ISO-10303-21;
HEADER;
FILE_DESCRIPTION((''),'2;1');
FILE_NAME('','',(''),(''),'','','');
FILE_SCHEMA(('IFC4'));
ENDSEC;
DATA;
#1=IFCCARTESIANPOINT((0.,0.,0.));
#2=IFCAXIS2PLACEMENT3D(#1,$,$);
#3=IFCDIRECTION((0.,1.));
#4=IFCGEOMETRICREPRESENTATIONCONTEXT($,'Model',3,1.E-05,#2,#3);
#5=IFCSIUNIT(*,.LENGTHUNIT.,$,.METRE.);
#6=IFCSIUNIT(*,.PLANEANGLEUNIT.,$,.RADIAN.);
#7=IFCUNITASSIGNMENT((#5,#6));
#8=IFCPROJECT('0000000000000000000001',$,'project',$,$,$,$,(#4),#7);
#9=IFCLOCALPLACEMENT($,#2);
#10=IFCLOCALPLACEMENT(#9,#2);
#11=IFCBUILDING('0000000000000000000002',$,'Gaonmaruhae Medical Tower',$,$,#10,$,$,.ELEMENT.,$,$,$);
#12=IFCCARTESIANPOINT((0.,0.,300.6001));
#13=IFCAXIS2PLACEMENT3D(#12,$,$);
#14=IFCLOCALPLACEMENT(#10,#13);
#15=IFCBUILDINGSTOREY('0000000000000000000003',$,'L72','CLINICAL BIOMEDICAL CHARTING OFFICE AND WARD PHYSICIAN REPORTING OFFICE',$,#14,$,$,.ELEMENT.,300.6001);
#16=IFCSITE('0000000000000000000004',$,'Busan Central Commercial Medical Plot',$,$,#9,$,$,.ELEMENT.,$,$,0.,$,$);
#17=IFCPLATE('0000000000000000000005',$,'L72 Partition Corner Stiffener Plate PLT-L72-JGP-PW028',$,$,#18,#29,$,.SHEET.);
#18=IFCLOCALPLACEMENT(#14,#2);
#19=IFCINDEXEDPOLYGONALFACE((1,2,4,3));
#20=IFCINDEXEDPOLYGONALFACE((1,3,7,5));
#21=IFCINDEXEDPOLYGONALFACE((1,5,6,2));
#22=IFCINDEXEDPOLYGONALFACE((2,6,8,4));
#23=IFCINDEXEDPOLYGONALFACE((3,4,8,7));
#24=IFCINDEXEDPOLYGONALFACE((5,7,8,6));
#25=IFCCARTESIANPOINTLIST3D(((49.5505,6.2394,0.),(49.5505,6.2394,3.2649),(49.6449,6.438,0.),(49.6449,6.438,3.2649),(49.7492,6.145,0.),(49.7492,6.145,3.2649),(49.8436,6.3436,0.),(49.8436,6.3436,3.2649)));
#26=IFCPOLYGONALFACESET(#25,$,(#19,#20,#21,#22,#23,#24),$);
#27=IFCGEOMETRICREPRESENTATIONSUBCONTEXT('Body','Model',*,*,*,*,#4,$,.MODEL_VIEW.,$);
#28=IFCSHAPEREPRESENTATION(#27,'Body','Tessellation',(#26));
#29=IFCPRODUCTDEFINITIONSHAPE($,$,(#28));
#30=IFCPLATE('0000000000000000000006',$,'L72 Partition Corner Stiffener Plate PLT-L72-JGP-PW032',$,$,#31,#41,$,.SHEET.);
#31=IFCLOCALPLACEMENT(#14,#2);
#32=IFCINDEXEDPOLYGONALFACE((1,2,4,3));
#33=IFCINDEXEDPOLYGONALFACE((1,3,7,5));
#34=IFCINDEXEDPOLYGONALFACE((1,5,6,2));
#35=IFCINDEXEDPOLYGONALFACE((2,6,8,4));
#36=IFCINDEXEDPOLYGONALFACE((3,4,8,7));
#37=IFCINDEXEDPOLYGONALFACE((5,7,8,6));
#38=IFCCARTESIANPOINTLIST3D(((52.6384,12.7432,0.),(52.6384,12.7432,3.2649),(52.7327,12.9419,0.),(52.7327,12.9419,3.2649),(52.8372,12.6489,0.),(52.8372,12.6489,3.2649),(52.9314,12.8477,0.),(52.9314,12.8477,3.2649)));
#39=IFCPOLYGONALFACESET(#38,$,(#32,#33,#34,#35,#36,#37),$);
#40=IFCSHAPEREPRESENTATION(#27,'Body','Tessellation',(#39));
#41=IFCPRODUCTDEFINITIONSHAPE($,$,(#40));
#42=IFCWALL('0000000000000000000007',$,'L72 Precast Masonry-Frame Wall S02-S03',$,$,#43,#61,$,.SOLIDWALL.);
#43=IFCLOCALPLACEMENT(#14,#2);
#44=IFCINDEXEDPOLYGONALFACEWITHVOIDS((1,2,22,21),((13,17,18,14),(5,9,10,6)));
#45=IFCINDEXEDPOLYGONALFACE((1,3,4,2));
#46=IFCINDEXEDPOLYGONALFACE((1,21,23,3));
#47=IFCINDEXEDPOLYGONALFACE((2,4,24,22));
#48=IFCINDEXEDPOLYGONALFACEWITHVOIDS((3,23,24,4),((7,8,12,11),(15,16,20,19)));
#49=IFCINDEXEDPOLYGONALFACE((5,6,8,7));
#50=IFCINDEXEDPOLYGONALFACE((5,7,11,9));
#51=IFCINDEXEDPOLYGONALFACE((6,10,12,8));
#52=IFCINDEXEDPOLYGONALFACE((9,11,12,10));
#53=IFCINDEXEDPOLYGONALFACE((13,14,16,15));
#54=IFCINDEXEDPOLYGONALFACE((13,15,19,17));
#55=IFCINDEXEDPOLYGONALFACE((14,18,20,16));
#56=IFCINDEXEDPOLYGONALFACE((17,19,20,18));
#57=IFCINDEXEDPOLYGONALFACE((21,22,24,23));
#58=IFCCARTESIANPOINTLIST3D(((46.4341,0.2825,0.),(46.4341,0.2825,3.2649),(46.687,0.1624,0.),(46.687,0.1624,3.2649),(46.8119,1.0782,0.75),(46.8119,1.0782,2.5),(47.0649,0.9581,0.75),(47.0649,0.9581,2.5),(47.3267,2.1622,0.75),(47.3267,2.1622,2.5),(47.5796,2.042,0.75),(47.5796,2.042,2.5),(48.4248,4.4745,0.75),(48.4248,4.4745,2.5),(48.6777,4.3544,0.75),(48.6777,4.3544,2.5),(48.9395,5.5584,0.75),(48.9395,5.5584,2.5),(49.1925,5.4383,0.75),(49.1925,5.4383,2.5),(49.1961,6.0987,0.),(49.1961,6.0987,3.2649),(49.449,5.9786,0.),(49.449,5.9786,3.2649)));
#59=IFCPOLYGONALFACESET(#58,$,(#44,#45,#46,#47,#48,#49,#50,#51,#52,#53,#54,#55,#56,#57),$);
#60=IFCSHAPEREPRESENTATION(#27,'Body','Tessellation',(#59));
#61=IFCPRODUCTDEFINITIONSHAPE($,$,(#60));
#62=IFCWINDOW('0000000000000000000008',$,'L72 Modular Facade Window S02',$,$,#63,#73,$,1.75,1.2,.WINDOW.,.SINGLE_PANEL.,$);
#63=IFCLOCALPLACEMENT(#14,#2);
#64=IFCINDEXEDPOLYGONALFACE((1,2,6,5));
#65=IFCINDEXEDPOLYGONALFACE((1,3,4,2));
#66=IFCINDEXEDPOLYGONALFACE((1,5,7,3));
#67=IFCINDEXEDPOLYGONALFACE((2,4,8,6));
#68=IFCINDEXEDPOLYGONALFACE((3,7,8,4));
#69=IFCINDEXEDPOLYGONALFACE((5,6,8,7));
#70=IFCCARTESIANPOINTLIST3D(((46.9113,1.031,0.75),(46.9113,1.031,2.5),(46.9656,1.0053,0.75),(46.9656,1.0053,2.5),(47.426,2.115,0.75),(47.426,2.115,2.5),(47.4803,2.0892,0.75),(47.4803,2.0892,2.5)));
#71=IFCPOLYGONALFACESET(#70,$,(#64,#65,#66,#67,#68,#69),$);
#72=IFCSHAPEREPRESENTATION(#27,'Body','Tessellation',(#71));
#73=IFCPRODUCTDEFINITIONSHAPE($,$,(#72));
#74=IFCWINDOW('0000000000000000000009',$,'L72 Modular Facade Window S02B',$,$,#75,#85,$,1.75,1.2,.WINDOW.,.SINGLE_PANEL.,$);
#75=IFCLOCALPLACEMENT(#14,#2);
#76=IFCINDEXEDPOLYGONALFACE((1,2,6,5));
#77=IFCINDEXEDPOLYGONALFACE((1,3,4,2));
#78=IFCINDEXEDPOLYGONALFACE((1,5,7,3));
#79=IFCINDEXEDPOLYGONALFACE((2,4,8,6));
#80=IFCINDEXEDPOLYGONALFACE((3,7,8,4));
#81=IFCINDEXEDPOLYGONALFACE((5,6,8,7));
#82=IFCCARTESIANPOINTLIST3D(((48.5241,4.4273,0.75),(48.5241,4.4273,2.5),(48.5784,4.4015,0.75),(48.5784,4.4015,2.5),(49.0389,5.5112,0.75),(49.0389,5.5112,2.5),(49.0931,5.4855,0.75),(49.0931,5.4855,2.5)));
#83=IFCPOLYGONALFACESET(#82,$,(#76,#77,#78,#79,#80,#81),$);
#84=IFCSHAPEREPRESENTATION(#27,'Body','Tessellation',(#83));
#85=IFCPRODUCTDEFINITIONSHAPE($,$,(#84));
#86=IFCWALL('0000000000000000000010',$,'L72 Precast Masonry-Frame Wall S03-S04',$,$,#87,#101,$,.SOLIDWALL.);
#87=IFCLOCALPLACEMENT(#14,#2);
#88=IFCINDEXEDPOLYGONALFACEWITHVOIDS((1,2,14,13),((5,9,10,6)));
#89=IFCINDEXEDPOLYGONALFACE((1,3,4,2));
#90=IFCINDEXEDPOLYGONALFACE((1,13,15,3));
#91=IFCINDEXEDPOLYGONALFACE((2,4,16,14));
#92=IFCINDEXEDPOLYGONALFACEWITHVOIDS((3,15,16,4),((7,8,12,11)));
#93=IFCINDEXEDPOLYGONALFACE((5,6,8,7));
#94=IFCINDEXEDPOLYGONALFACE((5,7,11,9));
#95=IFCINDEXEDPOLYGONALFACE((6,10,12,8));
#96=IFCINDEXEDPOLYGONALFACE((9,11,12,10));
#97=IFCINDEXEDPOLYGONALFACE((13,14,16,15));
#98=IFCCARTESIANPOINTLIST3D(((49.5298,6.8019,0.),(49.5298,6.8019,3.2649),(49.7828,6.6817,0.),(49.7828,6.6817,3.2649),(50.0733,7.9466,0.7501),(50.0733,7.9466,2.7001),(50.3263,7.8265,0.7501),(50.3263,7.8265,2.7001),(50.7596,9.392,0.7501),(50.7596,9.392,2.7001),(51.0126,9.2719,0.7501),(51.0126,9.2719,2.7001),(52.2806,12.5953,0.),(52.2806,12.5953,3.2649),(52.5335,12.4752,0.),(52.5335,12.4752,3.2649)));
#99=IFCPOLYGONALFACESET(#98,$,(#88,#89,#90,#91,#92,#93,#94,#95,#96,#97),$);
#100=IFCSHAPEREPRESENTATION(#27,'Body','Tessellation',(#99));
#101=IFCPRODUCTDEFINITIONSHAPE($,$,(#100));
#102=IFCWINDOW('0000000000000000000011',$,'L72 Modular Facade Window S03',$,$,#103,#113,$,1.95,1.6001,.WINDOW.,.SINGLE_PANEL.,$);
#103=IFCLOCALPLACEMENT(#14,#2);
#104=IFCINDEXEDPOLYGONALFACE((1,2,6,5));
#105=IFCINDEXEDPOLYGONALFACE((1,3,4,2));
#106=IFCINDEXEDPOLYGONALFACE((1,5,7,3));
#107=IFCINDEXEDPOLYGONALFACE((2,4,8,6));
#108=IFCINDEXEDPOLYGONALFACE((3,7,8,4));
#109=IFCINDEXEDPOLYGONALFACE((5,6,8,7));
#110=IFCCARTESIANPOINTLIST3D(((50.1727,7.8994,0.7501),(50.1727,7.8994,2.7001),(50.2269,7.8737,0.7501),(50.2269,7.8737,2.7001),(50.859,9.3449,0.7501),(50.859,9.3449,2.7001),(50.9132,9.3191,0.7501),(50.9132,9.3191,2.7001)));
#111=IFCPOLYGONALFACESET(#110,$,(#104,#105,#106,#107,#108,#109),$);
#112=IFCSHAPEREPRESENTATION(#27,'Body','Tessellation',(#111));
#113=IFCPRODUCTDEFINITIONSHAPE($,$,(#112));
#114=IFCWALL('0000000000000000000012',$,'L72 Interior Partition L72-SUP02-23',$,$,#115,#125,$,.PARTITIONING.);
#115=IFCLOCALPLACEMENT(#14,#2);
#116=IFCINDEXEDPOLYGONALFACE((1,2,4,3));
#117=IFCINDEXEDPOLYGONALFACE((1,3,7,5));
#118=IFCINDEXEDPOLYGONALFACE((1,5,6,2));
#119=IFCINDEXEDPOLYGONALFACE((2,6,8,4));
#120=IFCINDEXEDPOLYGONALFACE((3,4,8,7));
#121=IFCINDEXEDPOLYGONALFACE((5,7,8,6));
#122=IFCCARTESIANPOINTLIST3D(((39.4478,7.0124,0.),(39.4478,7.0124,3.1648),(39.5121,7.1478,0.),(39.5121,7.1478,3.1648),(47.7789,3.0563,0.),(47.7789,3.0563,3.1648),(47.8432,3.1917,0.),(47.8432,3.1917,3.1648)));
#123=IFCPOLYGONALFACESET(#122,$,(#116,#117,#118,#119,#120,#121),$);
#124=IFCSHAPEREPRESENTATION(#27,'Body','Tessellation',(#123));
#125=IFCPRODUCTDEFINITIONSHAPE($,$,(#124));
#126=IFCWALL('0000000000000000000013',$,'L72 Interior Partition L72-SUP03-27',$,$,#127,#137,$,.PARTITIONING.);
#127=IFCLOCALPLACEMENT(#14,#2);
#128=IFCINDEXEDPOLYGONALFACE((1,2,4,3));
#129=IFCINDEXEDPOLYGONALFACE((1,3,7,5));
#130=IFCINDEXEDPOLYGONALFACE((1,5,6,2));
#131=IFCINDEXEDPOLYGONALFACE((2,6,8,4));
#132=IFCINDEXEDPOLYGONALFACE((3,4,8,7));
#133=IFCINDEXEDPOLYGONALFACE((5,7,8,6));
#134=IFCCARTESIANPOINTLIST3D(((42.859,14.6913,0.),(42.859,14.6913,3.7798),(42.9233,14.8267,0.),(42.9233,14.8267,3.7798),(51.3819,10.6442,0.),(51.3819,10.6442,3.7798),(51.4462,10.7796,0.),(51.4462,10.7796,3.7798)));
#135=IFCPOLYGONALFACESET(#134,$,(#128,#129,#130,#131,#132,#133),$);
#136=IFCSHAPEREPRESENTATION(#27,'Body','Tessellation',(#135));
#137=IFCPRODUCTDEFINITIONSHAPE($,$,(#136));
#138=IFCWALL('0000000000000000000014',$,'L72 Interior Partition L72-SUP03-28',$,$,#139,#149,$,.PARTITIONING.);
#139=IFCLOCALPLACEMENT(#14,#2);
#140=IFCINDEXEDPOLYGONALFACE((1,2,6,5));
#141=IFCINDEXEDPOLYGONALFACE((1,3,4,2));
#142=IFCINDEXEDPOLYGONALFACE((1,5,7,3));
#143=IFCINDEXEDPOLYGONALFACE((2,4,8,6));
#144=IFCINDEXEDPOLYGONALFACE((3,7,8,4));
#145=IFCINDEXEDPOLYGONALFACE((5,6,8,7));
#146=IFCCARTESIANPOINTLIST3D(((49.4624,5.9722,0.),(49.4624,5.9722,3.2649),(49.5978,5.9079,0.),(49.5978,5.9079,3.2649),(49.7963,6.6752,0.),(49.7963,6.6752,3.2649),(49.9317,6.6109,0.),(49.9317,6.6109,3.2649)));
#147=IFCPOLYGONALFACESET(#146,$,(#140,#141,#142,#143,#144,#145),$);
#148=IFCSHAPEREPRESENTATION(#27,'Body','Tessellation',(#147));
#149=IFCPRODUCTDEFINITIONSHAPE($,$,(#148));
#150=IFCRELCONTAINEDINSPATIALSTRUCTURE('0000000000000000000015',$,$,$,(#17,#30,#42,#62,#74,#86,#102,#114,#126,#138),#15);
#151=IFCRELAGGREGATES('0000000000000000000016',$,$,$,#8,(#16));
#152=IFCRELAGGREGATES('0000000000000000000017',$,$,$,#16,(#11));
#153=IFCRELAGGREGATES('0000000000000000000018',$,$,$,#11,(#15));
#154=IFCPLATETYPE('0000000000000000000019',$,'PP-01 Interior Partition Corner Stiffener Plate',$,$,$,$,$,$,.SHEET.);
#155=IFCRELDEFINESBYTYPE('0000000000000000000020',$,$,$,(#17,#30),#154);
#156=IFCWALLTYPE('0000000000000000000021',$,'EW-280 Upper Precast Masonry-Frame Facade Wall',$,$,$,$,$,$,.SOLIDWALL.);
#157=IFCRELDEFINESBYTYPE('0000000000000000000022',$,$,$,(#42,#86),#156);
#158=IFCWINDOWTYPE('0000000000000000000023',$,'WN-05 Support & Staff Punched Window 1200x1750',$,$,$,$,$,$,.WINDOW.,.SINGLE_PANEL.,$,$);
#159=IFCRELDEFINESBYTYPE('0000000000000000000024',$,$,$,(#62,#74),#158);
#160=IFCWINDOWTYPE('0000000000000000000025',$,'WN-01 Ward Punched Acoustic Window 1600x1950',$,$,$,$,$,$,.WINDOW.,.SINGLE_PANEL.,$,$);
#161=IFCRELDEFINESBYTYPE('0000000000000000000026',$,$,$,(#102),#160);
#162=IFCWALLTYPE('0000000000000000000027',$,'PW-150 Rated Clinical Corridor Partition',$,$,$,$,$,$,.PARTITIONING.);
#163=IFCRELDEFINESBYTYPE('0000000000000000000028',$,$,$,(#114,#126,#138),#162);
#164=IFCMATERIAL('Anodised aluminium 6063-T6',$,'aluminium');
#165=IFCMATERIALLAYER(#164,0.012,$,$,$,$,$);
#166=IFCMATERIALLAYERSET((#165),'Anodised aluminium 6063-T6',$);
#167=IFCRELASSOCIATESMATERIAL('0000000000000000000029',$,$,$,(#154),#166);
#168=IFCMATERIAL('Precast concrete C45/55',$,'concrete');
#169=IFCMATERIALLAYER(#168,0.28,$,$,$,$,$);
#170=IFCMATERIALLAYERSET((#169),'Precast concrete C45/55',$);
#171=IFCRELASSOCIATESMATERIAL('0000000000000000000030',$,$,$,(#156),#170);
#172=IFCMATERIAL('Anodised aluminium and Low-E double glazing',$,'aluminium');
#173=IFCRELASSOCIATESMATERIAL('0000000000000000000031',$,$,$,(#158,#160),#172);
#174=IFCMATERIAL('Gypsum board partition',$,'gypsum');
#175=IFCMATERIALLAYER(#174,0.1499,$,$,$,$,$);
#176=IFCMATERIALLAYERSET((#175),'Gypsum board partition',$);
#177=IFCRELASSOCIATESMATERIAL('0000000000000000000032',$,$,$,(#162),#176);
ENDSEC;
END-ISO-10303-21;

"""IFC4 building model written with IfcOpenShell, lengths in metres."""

from ifc_helpers import new_model, si_unit, direction, frame, frame_2d, origin, origin_2d, place, context, subcontext, project, spatial, rectangle, extrude, material, layer, layer_set, type_object, element, fill, save


model = new_model("IFC4")

# Units and contexts
model_context = context("Model", 3, precision=1e-05, world=origin(), true_north=direction((0.0, 1.0)))
body_context = subcontext(model_context, "Body", "Model", "MODEL_VIEW")
ifc_project = project(units=[si_unit("LENGTHUNIT", "METRE"), si_unit("PLANEANGLEUNIT", "RADIAN")], contexts=[model_context])

# Site, building, storey
site_placement = place(None, origin())
site = spatial("IfcSite", under=ifc_project, at=site_placement, Name="Busan Central Commercial Medical Plot", CompositionType="ELEMENT", RefElevation=0.0)
building_placement = place(site_placement, origin())
building = spatial("IfcBuilding", under=site, at=building_placement, Name="Gaonmaruhae Medical Tower", CompositionType="ELEMENT")
storey_placement = place(building_placement, frame((0.0, 0.0, 300.6001)))
storey = spatial("IfcBuildingStorey", under=building, at=storey_placement, Name="L72", Description="CLINICAL BIOMEDICAL CHARTING OFFICE AND WARD PHYSICIAN REPORTING OFFICE", CompositionType="ELEMENT", Elevation=300.6001)

# Plates
ifc_material_1 = material(Name="Anodised aluminium 6063-T6", Category="aluminium")
ifc_layer_1 = layer(ifc_material_1, 0.012)
ifc_layer_set_1 = layer_set([ifc_layer_1], Name="Anodised aluminium 6063-T6")
plate_type = type_object("IfcPlateType", Name="PP-01 Interior Partition Corner Stiffener Plate", PredefinedType="SHEET", material=ifc_layer_set_1)
for number, where, z_axis, x_axis, name in (
    (1, (49.697, 6.2915, 0.0), (0.0, 0.0, 1.0), (-0.42914, -0.903238, 0.0), "L72 Partition Corner Stiffener Plate PLT-L72-JGP-PW028"),
    (2, (52.7849, 12.7954, 0.0), (0.0, 0.0, 1.0), (-0.428462, -0.90356, 0.0), "L72 Partition Corner Stiffener Plate PLT-L72-JGP-PW032"),
):
    element("IfcPlate", number, at=place(storey_placement, frame(where, z_axis=z_axis, x_axis=x_axis)), inside=storey, type_object=plate_type, Name=name, PredefinedType="SHEET", context=body_context, shape_type="SweptSolid", body=[
        extrude(rectangle(XDim=0.22, YDim=0.22, at=origin_2d()), origin(), (0.0, 0.0, 1.0), 3.2649),
    ])

# Wall, openings, windows
ifc_material_2 = material(Name="Precast concrete C45/55", Category="concrete")
ifc_layer_2 = layer(ifc_material_2, 0.28)
ifc_layer_set_2 = layer_set([ifc_layer_2], Name="Precast concrete C45/55")
wall_type_1 = type_object("IfcWallType", Name="EW-280 Upper Precast Masonry-Frame Facade Wall", PredefinedType="SOLIDWALL", material=ifc_layer_set_2)
wall_1_placement = place(storey_placement, frame((49.3225, 6.0386, 0.0), z_axis=(0.0, 0.0, 1.0), x_axis=(-0.428966, -0.90332, 0.0)))
wall_1 = element("IfcWall", 3, at=wall_1_placement, inside=storey, type_object=wall_type_1, Name="L72 Precast Masonry-Frame Wall S02-S03", PredefinedType="SOLIDWALL", context=body_context, shape_type="SweptSolid", body=[
    extrude(rectangle(XDim=6.4387, YDim=0.28, at=frame_2d((3.2192, 0.0))), origin(), (0.0, 0.0, 1.0), 3.2649),
])
opening_1_placement = place(wall_1_placement, frame((4.3577, 0.0, 0.75)))
opening_1 = element("IfcOpeningElement", 4, at=opening_1_placement, cuts=wall_1, PredefinedType="OPENING", context=body_context, shape_type="SweptSolid", body=[
    extrude(rectangle(XDim=1.2, YDim=1.75, at=frame_2d((0.6001, 0.875))), frame((0.0, 0.1499, 0.0), z_axis=(0.0, -1.0, 0.0), x_axis=(1.0, 0.0, 0.0)), (0.0, 0.0, 1.0), 0.3),
])
opening_2_placement = place(wall_1_placement, frame((0.5979, 0.0, 0.75)))
opening_2 = element("IfcOpeningElement", 5, at=opening_2_placement, cuts=wall_1, PredefinedType="OPENING", context=body_context, shape_type="SweptSolid", body=[
    extrude(rectangle(XDim=1.2, YDim=1.75, at=frame_2d((0.6001, 0.875))), frame((0.0, 0.1499, 0.0), z_axis=(0.0, -1.0, 0.0), x_axis=(1.0, 0.0, 0.0)), (0.0, 0.0, 1.0), 0.3),
])
ifc_material_3 = material(Name="Anodised aluminium and Low-E double glazing", Category="aluminium")
window_type_1 = type_object("IfcWindowType", Name="WN-05 Support & Staff Punched Window 1200x1750", PartitioningType="SINGLE_PANEL", PredefinedType="WINDOW", material=ifc_material_3)
window_1_placement = place(opening_1_placement, origin())
window_1 = element("IfcWindow", 6, at=window_1_placement, inside=storey, type_object=window_type_1, Name="L72 Modular Facade Window S02", OverallHeight=1.75, OverallWidth=1.2, PartitioningType="SINGLE_PANEL", PredefinedType="WINDOW", context=body_context, shape_type="SweptSolid", body=[
    extrude(rectangle(XDim=1.2, YDim=1.75, at=frame_2d((0.6001, 0.875))), frame((0.0, 0.03, 0.0), z_axis=(0.0, -1.0, 0.0), x_axis=(1.0, 0.0, 0.0)), (0.0, 0.0, 1.0), 0.0601),
])
fill(opening_1, window_1)
window_2_placement = place(opening_2_placement, origin())
window_2 = element("IfcWindow", 7, at=window_2_placement, inside=storey, type_object=window_type_1, Name="L72 Modular Facade Window S02B", OverallHeight=1.75, OverallWidth=1.2, PartitioningType="SINGLE_PANEL", PredefinedType="WINDOW", context=body_context, shape_type="SweptSolid", body=[
    extrude(rectangle(XDim=1.2, YDim=1.75, at=frame_2d((0.6001, 0.875))), frame((0.0, 0.03, 0.0), z_axis=(0.0, -1.0, 0.0), x_axis=(1.0, 0.0, 0.0)), (0.0, 0.0, 1.0), 0.0601),
])
fill(opening_2, window_2)

# Wall, opening, window
wall_2_placement = place(storey_placement, frame((52.407, 12.5352, 0.0), z_axis=(0.0, 0.0, 1.0), x_axis=(-0.428909, -0.903348, 0.0)))
wall_2 = element("IfcWall", 8, at=wall_2_placement, inside=storey, type_object=wall_type_1, Name="L72 Precast Masonry-Frame Wall S03-S04", PredefinedType="SOLIDWALL", context=body_context, shape_type="SweptSolid", body=[
    extrude(rectangle(XDim=6.4133, YDim=0.28, at=frame_2d((3.2065, 0.0))), origin(), (0.0, 0.0, 1.0), 3.2649),
])
opening_3_placement = place(wall_2_placement, frame((3.5459, 0.0, 0.75)))
opening_3 = element("IfcOpeningElement", 9, at=opening_3_placement, cuts=wall_2, PredefinedType="OPENING", context=body_context, shape_type="SweptSolid", body=[
    extrude(rectangle(XDim=1.6001, YDim=1.95, at=frame_2d((0.8, 0.9751))), frame((0.0, 0.1499, 0.0), z_axis=(0.0, -1.0, 0.0), x_axis=(1.0, 0.0, 0.0)), (0.0, 0.0, 1.0), 0.3),
])
window_type_2 = type_object("IfcWindowType", Name="WN-01 Ward Punched Acoustic Window 1600x1950", PartitioningType="SINGLE_PANEL", PredefinedType="WINDOW", material=ifc_material_3)
window_3_placement = place(opening_3_placement, origin())
window_3 = element("IfcWindow", 10, at=window_3_placement, inside=storey, type_object=window_type_2, Name="L72 Modular Facade Window S03", OverallHeight=1.95, OverallWidth=1.6001, PartitioningType="SINGLE_PANEL", PredefinedType="WINDOW", context=body_context, shape_type="SweptSolid", body=[
    extrude(rectangle(XDim=1.6001, YDim=1.95, at=frame_2d((0.8, 0.9751))), frame((0.0, 0.03, 0.0), z_axis=(0.0, -1.0, 0.0), x_axis=(1.0, 0.0, 0.0)), (0.0, 0.0, 1.0), 0.0601),
])
fill(opening_3, window_3)

# Walls
ifc_material_4 = material(Name="Gypsum board partition", Category="gypsum")
ifc_layer_3 = layer(ifc_material_4, 0.1499)
ifc_layer_set_3 = layer_set([ifc_layer_3], Name="Gypsum board partition")
wall_type_2 = type_object("IfcWallType", Name="PW-150 Rated Clinical Corridor Partition", PredefinedType="PARTITIONING", material=ifc_layer_set_3)
wall_3_placement = place(storey_placement, frame((39.48, 7.0801, 0.0), z_axis=(0.0, 0.0, 1.0), x_axis=(0.903328, -0.428951, 0.0)))
element("IfcWall", 11, at=wall_3_placement, inside=storey, type_object=wall_type_2, Name="L72 Interior Partition L72-SUP02-23", PredefinedType="PARTITIONING", context=body_context, shape_type="SweptSolid", body=[
    extrude(rectangle(XDim=9.2227, YDim=0.1499, at=frame_2d((4.6113, 0.0))), origin(), (0.0, 0.0, 1.0), 3.1648),
])
wall_4_placement = place(storey_placement, frame((42.8911, 14.759, 0.0), z_axis=(0.0, 0.0, 1.0), x_axis=(0.90333, -0.428946, 0.0)))
element("IfcWall", 12, at=wall_4_placement, inside=storey, type_object=wall_type_2, Name="L72 Interior Partition L72-SUP03-27", PredefinedType="PARTITIONING", context=body_context, shape_type="SweptSolid", body=[
    extrude(rectangle(XDim=9.4351, YDim=0.1499, at=frame_2d((4.7175, 0.0))), origin(), (0.0, 0.0, 1.0), 3.7798),
])
wall_5_placement = place(storey_placement, frame((49.864, 6.6431, 0.0), z_axis=(0.0, 0.0, 1.0), x_axis=(-0.429057, -0.903278, 0.0)))
element("IfcWall", 13, at=wall_5_placement, inside=storey, type_object=wall_type_2, Name="L72 Interior Partition L72-SUP03-28", PredefinedType="PARTITIONING", context=body_context, shape_type="SweptSolid", body=[
    extrude(rectangle(XDim=0.7783, YDim=0.1499, at=frame_2d((0.3892, 0.0))), origin(), (0.0, 0.0, 1.0), 3.2649),
])

save(model, "model.ifc")
